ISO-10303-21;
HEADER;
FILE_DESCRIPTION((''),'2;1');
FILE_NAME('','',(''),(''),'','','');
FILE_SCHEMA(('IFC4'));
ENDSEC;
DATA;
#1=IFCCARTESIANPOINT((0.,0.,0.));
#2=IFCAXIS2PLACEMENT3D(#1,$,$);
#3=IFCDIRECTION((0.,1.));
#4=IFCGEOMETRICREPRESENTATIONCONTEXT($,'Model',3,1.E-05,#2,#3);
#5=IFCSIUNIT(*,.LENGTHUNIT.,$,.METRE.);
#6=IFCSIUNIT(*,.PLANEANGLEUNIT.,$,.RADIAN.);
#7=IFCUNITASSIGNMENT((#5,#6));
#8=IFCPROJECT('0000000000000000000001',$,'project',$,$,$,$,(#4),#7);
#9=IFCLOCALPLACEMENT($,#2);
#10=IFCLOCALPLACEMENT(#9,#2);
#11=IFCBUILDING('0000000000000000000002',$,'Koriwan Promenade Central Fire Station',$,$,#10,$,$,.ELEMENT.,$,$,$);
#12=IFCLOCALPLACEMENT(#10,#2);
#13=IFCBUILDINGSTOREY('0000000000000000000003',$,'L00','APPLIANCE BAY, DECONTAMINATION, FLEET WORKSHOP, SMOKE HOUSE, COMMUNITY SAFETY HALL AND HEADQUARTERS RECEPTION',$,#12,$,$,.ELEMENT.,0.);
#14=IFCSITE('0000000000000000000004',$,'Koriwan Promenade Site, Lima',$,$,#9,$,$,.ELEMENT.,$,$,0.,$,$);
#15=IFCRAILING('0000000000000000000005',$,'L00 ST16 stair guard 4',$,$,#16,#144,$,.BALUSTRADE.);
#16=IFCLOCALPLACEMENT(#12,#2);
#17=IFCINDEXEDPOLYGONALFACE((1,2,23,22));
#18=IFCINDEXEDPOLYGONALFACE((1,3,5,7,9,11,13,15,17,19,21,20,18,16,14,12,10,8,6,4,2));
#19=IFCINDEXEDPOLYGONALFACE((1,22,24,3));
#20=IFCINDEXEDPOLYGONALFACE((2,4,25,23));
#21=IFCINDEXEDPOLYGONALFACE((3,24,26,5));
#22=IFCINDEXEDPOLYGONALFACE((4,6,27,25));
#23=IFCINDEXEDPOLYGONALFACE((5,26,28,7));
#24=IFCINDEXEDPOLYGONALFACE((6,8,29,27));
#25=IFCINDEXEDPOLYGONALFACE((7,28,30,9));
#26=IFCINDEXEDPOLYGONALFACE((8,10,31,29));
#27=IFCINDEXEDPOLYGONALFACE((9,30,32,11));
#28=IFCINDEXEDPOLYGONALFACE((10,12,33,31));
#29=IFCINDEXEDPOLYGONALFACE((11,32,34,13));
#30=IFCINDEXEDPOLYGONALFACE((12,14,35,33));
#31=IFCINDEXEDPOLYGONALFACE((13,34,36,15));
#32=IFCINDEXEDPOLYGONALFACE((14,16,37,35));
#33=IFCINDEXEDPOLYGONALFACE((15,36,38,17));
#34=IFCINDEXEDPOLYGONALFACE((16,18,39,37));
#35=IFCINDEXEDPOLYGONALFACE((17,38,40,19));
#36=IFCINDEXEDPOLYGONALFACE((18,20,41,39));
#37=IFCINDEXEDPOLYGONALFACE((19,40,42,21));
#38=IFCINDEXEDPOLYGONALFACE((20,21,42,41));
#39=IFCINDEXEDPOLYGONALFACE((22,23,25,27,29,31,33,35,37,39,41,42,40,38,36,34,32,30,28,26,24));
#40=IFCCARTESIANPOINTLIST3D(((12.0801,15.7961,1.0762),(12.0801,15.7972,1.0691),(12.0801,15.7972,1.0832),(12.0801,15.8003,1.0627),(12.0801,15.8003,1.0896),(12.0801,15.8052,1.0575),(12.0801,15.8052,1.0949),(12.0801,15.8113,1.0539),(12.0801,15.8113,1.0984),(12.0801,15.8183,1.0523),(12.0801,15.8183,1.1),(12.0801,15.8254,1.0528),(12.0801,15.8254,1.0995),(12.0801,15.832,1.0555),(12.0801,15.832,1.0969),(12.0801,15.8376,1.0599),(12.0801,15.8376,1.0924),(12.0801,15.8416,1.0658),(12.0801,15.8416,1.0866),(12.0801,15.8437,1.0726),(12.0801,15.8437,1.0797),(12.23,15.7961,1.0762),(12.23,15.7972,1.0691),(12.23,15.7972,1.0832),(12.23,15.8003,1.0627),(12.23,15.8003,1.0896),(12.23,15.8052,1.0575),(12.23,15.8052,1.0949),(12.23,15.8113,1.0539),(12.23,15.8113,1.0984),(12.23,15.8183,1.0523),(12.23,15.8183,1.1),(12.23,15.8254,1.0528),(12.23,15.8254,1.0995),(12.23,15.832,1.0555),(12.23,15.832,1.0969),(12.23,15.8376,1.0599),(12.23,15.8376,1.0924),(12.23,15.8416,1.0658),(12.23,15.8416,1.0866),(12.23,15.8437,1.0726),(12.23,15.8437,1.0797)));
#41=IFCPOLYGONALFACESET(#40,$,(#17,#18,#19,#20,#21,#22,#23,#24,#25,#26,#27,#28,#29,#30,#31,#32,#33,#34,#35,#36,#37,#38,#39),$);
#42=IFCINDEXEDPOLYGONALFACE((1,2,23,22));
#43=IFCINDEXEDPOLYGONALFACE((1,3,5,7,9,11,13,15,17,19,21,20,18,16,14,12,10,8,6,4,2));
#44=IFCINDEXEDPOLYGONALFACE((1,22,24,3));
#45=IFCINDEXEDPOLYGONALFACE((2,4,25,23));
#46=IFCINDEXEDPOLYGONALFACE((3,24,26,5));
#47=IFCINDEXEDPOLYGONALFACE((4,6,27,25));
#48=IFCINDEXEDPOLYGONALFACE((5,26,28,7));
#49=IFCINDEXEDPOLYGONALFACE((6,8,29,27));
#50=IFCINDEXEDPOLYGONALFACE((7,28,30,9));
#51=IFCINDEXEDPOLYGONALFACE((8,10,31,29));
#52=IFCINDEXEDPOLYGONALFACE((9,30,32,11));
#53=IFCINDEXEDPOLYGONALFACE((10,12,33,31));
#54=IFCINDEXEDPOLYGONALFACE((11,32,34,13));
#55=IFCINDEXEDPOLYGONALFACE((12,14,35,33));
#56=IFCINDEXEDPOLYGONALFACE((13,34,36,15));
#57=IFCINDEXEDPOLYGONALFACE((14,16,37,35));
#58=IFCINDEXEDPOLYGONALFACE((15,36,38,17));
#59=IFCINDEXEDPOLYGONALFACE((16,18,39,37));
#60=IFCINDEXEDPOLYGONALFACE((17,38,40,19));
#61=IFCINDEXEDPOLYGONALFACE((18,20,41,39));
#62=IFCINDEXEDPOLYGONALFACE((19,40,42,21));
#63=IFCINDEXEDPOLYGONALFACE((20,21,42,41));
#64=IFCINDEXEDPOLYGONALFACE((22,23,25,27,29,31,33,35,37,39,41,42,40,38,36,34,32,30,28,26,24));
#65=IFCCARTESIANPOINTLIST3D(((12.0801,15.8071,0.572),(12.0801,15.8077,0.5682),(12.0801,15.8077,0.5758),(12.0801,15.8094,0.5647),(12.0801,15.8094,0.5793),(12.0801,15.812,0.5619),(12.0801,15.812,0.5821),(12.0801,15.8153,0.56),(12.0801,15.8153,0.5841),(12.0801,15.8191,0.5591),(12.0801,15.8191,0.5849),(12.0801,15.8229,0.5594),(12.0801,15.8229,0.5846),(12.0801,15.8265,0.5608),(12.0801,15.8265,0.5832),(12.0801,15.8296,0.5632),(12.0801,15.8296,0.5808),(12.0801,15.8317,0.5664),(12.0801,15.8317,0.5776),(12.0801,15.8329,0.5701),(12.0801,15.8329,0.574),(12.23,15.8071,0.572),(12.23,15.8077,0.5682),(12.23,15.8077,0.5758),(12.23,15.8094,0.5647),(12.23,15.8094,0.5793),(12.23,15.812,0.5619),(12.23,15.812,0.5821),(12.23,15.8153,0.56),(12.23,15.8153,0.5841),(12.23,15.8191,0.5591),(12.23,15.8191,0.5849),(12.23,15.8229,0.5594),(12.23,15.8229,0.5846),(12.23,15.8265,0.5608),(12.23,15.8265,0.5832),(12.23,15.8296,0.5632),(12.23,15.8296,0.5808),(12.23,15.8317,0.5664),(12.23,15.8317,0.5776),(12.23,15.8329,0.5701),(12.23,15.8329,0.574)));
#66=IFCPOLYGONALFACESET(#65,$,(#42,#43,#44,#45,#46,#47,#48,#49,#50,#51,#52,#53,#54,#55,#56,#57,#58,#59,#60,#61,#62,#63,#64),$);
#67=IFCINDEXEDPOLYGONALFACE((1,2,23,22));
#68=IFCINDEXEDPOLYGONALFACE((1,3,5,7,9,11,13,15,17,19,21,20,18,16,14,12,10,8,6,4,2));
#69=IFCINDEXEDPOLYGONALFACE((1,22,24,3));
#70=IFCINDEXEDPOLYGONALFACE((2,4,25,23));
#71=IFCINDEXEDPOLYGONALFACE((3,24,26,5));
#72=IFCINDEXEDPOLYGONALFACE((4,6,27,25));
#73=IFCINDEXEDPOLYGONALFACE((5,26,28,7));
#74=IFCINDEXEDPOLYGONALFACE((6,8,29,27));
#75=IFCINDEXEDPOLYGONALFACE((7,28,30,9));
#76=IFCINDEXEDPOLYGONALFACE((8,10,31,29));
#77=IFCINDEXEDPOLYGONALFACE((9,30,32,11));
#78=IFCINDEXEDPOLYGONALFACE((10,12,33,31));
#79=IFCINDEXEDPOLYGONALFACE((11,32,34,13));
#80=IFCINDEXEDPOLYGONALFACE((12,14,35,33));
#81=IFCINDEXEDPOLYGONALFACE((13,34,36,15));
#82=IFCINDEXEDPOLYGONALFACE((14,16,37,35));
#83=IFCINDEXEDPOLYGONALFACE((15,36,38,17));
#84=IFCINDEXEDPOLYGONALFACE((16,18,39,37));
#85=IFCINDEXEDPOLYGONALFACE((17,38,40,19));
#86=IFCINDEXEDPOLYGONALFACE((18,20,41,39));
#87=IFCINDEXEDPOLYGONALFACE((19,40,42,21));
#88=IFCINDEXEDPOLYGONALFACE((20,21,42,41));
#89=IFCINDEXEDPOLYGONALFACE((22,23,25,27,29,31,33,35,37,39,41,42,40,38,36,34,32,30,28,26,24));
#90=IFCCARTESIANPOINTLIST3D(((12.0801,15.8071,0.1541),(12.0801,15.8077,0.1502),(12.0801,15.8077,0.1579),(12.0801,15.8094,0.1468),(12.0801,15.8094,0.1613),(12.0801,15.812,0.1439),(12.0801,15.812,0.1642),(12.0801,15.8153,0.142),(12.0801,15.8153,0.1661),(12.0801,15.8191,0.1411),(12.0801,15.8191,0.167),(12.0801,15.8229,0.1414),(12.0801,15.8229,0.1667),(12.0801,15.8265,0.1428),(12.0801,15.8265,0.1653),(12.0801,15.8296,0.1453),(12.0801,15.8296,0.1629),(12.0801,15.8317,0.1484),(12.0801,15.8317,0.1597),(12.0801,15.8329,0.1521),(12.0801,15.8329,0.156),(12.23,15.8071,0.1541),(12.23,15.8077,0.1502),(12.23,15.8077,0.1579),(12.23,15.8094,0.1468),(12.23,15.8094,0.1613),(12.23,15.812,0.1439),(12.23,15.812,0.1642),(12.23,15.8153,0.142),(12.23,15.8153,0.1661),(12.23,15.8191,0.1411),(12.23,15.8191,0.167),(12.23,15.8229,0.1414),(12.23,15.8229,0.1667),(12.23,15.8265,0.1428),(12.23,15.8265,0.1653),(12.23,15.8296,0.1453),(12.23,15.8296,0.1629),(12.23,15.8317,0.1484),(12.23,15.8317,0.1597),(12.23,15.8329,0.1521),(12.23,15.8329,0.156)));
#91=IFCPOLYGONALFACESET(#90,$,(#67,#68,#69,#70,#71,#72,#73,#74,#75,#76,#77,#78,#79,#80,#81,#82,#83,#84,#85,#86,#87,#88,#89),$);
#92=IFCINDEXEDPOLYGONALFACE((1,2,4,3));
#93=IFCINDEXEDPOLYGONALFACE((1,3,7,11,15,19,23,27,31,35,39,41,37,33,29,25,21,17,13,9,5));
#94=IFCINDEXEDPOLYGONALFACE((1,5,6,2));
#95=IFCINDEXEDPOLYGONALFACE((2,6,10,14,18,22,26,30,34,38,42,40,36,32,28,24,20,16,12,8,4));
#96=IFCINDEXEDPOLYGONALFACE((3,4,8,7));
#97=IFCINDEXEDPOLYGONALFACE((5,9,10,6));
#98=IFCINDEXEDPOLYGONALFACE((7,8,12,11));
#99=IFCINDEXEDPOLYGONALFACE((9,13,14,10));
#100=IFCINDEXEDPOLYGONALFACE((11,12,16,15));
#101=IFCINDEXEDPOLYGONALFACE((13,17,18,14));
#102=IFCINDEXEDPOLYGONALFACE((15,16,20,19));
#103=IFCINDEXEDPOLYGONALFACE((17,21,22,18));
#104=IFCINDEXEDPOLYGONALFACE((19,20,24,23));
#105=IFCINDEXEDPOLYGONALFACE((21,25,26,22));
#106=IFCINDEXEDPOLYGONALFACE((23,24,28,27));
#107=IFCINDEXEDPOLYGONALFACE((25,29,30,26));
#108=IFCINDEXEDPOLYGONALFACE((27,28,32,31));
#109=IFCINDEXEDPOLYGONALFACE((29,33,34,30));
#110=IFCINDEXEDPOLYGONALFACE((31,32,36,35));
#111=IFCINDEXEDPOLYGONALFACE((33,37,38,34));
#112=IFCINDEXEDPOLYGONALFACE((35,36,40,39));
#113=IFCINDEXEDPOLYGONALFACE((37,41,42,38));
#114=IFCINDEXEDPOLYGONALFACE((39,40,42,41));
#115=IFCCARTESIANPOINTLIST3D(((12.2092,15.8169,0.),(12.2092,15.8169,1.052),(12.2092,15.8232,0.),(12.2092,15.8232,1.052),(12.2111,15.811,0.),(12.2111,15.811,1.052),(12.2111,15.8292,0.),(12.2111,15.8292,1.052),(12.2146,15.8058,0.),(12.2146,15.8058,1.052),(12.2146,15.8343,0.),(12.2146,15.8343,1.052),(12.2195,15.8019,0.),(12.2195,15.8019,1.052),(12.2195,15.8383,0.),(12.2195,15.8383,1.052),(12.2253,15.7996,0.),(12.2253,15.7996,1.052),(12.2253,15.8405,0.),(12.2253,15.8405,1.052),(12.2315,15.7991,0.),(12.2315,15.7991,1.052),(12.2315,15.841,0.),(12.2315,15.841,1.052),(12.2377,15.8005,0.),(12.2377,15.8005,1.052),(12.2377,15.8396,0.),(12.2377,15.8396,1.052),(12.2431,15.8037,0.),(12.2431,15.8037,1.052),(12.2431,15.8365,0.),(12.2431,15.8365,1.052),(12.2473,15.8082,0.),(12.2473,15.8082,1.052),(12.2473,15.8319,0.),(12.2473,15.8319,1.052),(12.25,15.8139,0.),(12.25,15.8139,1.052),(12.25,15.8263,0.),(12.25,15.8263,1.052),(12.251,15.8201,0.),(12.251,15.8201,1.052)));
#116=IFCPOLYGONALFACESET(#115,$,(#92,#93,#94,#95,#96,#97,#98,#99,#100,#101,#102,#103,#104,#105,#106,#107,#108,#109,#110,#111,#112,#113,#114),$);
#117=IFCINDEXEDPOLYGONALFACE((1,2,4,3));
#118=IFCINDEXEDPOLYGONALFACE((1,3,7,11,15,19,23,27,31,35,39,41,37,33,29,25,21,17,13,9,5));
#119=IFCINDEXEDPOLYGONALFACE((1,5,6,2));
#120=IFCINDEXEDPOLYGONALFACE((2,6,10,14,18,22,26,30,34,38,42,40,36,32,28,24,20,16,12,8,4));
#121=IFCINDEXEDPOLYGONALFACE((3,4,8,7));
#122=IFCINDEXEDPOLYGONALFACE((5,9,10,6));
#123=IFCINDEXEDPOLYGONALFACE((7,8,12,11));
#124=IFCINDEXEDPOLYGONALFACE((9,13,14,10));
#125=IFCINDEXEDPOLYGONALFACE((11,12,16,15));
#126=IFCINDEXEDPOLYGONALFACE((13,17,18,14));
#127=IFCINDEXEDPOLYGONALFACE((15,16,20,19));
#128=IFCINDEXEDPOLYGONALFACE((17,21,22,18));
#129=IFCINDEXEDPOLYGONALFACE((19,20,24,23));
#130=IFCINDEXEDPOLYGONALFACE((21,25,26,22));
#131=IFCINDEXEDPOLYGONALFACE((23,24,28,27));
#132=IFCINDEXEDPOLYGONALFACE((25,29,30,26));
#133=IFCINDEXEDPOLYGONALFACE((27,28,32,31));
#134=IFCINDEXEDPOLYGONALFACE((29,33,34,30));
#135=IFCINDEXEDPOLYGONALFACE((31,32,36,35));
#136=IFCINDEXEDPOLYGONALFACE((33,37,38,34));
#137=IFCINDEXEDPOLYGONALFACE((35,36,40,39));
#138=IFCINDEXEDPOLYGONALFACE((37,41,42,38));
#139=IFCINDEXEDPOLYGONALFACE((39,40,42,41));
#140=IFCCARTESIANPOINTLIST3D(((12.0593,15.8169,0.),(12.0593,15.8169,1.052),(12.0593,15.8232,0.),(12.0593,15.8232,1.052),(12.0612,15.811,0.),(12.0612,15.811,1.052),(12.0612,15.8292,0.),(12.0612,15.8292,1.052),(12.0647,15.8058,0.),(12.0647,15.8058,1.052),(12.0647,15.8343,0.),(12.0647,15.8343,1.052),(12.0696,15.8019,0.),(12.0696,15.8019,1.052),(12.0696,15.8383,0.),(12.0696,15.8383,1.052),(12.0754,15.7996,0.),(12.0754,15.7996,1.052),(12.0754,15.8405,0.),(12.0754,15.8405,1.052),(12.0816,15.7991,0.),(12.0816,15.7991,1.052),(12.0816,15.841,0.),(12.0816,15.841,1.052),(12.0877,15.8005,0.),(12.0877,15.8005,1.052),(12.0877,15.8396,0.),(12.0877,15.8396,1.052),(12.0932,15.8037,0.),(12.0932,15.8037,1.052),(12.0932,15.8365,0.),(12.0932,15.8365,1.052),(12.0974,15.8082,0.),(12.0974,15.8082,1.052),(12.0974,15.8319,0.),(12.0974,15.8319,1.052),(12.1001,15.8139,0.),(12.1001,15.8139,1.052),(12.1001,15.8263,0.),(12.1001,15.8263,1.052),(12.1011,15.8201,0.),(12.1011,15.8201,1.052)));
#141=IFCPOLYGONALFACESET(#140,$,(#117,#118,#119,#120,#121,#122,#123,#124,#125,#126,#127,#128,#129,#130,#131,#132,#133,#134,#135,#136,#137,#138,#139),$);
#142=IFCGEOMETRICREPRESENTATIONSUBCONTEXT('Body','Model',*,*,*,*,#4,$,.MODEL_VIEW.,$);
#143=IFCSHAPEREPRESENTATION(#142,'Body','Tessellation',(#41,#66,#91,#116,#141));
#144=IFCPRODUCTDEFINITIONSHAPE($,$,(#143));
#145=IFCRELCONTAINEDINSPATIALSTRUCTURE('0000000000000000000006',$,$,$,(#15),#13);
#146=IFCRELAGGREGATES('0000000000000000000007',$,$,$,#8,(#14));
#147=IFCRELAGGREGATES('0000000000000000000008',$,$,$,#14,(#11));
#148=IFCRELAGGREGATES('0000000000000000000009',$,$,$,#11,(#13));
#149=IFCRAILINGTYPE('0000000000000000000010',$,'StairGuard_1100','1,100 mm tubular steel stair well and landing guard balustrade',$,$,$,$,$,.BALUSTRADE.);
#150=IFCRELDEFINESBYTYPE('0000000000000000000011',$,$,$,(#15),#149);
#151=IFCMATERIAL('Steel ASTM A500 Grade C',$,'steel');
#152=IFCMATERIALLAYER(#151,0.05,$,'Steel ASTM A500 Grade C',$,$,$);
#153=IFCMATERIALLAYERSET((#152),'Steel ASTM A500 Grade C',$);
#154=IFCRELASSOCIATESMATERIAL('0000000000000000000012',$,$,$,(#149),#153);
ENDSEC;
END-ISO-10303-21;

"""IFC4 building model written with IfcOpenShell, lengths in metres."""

from ifc_helpers import new_model, si_unit, direction, frame, origin, origin_2d, place, context, subcontext, project, spatial, circle, extrude, material, layer, layer_set, type_object, element, save


model = new_model("IFC4")

# Units and contexts
model_context = context("Model", 3, precision=1e-05, world=origin(), true_north=direction((0.0, 1.0)))
body_context = subcontext(model_context, "Body", "Model", "MODEL_VIEW")
ifc_project = project(units=[si_unit("LENGTHUNIT", "METRE"), si_unit("PLANEANGLEUNIT", "RADIAN")], contexts=[model_context])

# Site, building, storey
site_placement = place(None, origin())
site = spatial("IfcSite", under=ifc_project, at=site_placement, Name="Koriwan Promenade Site, Lima", CompositionType="ELEMENT", RefElevation=0.0)
building_placement = place(site_placement, origin())
building = spatial("IfcBuilding", under=site, at=building_placement, Name="Koriwan Promenade Central Fire Station", CompositionType="ELEMENT")
storey_placement = place(building_placement, origin())
storey = spatial("IfcBuildingStorey", under=building, at=storey_placement, Name="L00", Description="APPLIANCE BAY, DECONTAMINATION, FLEET WORKSHOP, SMOKE HOUSE, COMMUNITY SAFETY HALL AND HEADQUARTERS RECEPTION", CompositionType="ELEMENT", Elevation=0.0)

# Railing
ifc_material_1 = material(Name="Steel ASTM A500 Grade C", Category="steel")
ifc_layer_1 = layer(ifc_material_1, 0.05, Name="Steel ASTM A500 Grade C")
ifc_layer_set_1 = layer_set([ifc_layer_1], Name="Steel ASTM A500 Grade C")
railing_type_1 = type_object("IfcRailingType", Name="StairGuard_1100", Description="1,100 mm tubular steel stair well and landing guard balustrade", PredefinedType="BALUSTRADE", material=ifc_layer_set_1)
railing_1_placement = place(storey_placement, frame((12.23, 15.8201, 0.0)))
element("IfcRailing", 1, at=railing_1_placement, inside=storey, type_object=railing_type_1, Name="L00 ST16 stair guard 4", PredefinedType="BALUSTRADE", context=body_context, shape_type="SweptSolid", body=[
    extrude(circle(Radius=0.0239, at=origin_2d()), frame((0.0, 0.0, 1.0762), z_axis=(-1.0, 0.0, 0.0), x_axis=(0.0, -1.0, 0.0)), (0.0, 0.0, 1.0), 0.1499),
    extrude(circle(Radius=0.0129, at=origin_2d()), frame((0.0, 0.0, 0.572), z_axis=(-1.0, 0.0, 0.0), x_axis=(0.0, -1.0, 0.0)), (0.0, 0.0, 1.0), 0.1499),
    extrude(circle(Radius=0.0129, at=origin_2d()), frame((0.0, 0.0, 0.1541), z_axis=(-1.0, 0.0, 0.0), x_axis=(0.0, -1.0, 0.0)), (0.0, 0.0, 1.0), 0.1499),
    extrude(circle(Radius=0.021, at=origin_2d()), origin(), (0.0, 0.0, 1.0), 1.052),
    extrude(circle(Radius=0.021, at=origin_2d()), frame((-0.1499, 0.0, 0.0)), (0.0, 0.0, 1.0), 1.052),
])

save(model, "model.ifc")
